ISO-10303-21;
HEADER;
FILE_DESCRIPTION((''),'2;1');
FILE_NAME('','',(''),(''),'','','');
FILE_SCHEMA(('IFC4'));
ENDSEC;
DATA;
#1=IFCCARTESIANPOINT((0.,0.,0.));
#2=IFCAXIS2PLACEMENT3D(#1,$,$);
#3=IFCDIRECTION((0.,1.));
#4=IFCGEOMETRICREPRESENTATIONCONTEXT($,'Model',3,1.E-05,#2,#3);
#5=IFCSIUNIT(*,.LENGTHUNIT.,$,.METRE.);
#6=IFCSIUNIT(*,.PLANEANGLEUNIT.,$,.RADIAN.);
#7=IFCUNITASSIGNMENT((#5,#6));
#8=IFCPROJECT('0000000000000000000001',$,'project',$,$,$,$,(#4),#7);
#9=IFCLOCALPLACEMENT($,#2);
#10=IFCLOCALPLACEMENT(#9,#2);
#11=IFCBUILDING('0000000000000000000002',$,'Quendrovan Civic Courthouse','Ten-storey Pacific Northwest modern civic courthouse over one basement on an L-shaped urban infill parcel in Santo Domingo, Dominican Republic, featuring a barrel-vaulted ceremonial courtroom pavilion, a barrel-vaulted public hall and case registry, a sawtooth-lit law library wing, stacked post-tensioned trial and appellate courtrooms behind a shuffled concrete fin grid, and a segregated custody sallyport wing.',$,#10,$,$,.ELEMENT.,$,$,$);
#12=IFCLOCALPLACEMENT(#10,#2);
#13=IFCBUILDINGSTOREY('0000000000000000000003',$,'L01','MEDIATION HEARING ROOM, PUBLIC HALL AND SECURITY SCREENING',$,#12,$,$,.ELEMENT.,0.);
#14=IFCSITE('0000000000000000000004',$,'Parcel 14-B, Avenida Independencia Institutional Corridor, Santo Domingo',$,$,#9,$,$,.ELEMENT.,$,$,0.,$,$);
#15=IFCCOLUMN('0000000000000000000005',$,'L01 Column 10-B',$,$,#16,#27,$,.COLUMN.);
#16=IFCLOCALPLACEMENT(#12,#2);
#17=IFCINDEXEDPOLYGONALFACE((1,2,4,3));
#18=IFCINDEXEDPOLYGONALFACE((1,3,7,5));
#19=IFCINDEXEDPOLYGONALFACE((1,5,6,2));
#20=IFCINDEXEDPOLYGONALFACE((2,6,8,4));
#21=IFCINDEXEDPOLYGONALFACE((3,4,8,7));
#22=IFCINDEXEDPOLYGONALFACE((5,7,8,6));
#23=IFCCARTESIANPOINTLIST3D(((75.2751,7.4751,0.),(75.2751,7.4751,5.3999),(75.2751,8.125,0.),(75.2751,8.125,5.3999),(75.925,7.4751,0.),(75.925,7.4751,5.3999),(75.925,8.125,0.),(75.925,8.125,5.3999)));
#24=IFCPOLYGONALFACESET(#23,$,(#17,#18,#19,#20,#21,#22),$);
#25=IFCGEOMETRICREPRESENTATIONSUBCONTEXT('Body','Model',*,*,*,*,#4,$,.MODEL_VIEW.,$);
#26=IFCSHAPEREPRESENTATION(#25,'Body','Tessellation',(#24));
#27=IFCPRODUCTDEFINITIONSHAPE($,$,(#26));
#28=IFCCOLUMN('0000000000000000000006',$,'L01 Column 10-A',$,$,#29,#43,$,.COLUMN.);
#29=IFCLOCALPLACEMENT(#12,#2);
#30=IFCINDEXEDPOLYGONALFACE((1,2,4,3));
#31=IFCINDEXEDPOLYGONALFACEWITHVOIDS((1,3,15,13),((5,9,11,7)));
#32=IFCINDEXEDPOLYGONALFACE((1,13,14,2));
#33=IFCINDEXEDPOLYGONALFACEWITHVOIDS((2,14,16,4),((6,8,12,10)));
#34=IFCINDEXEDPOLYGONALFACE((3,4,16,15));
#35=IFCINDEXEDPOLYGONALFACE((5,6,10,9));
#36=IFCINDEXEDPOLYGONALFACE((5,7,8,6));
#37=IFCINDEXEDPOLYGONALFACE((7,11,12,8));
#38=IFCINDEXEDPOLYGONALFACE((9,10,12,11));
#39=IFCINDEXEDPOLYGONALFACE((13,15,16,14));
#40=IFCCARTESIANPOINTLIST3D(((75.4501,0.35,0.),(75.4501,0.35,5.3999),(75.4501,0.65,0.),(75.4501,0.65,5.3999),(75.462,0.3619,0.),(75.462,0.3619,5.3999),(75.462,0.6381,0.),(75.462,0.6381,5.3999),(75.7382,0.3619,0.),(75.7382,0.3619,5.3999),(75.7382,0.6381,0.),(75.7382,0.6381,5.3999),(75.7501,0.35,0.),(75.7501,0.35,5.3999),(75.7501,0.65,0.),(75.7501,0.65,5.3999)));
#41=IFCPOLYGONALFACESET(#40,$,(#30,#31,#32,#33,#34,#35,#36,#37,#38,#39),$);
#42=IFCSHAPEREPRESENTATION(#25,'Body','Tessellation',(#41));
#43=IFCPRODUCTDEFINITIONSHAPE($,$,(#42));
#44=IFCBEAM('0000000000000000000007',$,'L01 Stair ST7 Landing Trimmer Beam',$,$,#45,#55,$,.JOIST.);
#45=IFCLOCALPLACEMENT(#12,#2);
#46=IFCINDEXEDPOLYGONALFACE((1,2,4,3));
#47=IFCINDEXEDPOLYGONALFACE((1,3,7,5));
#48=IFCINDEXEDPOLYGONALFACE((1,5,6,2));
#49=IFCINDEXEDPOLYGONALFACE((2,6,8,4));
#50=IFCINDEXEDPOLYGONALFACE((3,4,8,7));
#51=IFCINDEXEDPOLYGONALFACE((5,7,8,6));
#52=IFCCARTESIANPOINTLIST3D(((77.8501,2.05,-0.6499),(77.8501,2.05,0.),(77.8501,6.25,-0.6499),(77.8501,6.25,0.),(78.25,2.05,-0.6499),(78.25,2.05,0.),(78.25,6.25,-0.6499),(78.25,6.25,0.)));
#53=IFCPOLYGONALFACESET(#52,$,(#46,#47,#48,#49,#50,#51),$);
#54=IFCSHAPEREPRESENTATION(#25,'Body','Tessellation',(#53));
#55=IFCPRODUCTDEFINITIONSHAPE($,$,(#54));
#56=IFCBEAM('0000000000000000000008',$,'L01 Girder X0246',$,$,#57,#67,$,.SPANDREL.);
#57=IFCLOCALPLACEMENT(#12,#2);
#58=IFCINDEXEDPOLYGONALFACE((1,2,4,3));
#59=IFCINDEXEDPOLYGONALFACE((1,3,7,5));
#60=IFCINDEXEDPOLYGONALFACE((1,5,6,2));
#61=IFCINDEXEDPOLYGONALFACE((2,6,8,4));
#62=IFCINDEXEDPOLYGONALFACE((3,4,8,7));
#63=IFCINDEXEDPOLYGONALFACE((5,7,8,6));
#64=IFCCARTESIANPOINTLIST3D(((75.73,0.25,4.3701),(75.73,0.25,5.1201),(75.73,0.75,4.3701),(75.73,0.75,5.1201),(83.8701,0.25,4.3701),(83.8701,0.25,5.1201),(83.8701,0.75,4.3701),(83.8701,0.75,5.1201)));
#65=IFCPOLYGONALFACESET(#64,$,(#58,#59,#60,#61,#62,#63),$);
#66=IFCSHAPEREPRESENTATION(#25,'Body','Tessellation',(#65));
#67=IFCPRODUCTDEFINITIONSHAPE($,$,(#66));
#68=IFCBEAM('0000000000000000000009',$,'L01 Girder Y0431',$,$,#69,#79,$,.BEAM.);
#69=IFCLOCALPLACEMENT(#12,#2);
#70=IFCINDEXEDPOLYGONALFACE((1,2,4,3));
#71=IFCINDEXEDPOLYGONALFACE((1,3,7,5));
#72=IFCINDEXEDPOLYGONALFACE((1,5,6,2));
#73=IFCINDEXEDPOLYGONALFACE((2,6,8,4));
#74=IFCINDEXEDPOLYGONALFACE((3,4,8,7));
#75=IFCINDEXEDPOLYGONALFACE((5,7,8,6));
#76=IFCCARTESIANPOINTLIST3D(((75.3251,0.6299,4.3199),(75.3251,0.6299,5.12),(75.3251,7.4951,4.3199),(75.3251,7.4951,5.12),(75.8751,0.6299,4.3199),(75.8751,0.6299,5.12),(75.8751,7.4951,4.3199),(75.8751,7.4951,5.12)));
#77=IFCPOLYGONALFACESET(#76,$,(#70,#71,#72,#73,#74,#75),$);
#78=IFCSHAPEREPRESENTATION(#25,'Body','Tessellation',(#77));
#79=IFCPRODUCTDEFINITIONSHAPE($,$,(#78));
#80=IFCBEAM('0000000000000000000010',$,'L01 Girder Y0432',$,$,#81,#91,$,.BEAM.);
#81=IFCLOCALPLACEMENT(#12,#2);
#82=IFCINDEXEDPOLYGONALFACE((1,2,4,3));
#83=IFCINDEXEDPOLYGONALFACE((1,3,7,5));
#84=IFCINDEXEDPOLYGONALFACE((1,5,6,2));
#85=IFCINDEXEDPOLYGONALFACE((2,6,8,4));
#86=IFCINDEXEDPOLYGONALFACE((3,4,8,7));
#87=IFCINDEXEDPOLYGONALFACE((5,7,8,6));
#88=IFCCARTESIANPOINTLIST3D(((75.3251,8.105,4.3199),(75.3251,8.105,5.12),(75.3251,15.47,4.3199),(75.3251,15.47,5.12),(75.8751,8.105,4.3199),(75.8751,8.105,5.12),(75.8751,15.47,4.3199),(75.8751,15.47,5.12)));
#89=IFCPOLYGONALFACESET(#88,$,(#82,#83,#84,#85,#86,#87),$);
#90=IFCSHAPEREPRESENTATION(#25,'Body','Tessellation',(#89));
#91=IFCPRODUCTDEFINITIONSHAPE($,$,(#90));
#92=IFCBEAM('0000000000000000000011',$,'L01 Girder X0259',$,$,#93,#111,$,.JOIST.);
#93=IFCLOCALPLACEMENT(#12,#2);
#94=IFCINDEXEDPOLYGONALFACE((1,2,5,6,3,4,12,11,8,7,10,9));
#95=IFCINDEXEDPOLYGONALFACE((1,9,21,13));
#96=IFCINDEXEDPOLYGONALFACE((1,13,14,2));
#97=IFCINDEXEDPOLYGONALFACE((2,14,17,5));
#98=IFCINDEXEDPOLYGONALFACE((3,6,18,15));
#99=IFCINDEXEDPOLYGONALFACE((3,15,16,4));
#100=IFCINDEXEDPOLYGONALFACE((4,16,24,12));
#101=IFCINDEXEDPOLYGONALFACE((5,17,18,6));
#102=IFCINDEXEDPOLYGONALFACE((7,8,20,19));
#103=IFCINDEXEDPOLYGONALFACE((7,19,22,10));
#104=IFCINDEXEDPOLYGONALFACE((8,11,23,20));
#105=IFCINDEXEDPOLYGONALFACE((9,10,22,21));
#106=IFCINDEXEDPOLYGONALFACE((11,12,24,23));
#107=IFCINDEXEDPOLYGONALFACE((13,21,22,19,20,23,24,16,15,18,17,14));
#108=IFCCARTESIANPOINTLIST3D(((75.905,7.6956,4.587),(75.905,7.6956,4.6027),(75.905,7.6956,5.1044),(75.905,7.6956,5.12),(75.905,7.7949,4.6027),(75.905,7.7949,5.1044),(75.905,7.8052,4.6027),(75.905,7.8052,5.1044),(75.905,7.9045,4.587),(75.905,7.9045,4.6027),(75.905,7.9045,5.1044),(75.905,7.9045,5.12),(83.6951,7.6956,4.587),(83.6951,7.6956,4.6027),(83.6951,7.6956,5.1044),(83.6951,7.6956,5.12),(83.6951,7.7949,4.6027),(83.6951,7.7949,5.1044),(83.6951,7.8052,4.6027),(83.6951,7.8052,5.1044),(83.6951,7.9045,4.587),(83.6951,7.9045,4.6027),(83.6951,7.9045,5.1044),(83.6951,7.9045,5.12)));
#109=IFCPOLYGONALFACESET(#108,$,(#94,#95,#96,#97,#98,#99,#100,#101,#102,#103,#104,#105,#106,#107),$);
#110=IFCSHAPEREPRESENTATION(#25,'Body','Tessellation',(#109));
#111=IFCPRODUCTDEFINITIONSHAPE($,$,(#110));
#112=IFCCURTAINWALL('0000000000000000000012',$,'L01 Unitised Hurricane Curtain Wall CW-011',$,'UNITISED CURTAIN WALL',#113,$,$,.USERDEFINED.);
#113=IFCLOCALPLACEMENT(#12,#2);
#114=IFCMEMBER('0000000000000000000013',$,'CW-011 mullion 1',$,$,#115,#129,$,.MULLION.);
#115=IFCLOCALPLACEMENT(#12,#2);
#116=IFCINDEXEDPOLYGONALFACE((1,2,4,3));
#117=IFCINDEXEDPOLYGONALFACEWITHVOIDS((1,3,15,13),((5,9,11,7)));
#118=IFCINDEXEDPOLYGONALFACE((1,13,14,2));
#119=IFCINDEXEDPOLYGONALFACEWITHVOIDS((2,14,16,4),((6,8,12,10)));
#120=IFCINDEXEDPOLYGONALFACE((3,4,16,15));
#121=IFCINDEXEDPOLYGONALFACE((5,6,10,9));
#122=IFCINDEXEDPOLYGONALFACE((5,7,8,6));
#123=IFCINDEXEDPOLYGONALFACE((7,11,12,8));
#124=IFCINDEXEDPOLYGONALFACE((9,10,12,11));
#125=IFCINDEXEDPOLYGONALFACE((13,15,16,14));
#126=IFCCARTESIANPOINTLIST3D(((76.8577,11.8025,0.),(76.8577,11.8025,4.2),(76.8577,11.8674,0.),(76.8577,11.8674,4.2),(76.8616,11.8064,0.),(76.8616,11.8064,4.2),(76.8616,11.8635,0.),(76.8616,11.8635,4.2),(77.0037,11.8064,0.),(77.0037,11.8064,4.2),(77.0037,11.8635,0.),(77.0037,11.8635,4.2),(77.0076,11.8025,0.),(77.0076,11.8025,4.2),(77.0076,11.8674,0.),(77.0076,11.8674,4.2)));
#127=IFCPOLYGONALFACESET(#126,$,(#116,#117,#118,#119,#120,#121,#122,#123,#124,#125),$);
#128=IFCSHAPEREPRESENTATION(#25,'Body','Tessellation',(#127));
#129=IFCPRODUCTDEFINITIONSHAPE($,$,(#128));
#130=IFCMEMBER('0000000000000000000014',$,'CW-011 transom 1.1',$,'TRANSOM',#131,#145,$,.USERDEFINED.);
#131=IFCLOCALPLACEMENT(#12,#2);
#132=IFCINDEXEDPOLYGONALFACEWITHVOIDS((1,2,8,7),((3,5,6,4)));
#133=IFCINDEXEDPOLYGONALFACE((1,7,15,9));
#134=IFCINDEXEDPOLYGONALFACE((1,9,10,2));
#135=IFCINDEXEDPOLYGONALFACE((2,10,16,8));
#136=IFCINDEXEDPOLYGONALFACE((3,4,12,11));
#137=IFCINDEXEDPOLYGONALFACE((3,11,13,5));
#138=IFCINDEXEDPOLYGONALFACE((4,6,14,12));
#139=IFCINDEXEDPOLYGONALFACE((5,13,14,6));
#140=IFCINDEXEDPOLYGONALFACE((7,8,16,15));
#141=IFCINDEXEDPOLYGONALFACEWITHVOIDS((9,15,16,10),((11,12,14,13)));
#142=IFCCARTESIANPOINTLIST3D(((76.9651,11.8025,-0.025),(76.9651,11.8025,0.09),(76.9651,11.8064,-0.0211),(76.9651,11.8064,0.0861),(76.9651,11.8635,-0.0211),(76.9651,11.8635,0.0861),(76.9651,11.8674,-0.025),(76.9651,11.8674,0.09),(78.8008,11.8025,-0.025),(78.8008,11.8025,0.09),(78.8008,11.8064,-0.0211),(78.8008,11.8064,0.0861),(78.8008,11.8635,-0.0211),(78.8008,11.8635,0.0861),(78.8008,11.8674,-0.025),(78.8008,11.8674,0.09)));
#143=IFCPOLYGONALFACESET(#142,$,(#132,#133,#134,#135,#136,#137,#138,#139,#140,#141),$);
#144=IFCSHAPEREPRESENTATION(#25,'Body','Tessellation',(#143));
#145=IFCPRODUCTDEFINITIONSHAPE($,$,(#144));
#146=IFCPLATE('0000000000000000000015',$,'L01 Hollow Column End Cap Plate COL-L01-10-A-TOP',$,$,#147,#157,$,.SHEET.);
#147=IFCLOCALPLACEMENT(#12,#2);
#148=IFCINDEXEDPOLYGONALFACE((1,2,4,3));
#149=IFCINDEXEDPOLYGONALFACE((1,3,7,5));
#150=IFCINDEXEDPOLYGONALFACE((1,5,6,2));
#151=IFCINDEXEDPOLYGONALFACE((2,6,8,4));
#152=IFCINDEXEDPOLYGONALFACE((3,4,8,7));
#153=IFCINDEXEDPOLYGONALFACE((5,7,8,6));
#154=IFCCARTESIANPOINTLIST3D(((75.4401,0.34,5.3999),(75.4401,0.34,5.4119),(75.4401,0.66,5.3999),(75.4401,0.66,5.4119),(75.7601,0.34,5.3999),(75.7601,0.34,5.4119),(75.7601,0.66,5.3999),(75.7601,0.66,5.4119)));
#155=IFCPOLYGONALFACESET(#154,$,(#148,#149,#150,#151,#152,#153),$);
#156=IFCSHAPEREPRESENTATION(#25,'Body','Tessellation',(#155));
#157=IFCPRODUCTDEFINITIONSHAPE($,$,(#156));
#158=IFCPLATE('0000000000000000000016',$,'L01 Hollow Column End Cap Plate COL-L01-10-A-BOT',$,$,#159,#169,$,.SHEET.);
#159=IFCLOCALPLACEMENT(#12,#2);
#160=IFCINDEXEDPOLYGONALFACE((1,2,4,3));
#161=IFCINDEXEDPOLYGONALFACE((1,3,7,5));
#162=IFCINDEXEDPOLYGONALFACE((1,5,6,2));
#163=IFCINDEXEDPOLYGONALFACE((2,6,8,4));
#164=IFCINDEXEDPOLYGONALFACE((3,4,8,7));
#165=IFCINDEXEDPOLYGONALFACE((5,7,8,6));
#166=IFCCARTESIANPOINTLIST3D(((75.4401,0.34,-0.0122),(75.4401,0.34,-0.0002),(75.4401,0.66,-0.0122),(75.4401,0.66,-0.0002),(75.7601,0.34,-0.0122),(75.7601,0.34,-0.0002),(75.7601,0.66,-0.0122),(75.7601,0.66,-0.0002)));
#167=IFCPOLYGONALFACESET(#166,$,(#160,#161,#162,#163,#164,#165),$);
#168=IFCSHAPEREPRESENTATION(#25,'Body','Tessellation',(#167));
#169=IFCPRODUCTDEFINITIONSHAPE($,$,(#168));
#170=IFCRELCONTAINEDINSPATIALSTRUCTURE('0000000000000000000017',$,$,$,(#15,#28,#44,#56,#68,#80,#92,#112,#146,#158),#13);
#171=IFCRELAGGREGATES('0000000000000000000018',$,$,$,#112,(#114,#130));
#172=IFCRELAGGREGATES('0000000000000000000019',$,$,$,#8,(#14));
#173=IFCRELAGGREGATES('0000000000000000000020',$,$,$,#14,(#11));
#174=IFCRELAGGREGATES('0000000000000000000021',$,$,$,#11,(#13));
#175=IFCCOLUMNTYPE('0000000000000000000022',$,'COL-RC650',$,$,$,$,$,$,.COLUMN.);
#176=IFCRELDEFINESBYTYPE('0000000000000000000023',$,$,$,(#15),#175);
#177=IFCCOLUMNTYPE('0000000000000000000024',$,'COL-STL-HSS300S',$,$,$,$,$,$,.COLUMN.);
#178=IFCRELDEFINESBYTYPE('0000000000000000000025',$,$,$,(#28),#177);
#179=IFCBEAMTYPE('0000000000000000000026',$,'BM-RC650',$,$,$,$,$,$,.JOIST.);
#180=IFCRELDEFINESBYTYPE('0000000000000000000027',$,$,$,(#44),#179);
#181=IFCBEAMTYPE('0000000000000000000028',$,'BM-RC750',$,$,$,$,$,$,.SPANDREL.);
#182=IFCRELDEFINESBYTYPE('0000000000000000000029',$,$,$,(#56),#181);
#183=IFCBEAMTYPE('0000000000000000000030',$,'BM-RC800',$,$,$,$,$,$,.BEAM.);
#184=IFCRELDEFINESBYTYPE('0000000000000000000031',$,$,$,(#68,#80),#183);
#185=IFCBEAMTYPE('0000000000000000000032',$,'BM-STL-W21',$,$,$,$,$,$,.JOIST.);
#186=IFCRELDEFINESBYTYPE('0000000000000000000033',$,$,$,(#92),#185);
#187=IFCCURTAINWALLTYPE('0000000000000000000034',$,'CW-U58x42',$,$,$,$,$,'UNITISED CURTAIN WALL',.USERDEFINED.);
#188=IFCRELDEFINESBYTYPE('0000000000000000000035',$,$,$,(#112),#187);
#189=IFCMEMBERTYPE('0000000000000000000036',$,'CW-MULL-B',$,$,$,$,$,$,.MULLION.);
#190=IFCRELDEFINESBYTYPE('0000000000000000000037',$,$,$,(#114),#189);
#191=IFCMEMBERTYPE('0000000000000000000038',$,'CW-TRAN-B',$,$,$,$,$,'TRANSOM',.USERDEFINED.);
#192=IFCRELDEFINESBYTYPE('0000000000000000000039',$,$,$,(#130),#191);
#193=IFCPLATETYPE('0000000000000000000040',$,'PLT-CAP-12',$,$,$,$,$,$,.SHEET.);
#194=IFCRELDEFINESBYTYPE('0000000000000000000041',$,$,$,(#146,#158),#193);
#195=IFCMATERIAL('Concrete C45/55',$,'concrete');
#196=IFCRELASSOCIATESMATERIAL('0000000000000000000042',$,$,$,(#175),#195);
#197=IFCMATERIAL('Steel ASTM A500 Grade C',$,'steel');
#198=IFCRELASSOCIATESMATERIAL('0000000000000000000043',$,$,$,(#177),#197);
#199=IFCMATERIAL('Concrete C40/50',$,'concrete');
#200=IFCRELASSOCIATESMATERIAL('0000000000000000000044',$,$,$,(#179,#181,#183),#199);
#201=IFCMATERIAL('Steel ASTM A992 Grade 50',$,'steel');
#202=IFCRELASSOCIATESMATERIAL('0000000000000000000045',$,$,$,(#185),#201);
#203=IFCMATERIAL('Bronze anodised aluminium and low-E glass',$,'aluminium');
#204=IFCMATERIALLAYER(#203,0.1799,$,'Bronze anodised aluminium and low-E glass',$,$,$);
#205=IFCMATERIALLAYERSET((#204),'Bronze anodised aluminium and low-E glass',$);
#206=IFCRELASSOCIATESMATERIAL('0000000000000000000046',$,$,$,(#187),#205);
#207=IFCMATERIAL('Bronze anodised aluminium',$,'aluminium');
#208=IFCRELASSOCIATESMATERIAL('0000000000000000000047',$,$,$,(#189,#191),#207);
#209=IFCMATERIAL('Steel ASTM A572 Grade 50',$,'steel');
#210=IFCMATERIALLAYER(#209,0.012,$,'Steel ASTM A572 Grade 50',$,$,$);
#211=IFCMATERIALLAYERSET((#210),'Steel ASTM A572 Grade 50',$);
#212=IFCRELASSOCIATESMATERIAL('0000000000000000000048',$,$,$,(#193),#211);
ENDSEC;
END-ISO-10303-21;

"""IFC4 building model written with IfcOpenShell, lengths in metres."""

from ifc_helpers import new_model, si_unit, direction, frame, origin, origin_2d, place, context, subcontext, project, spatial, rectangle, hollow_rectangle, i_section, extrude, material, layer, layer_set, material_profile, profile_set, type_object, element, aggregate, save


model = new_model("IFC4")

# Units and contexts
model_context = context("Model", 3, precision=1e-05, world=origin(), true_north=direction((0.0, 1.0)))
body_context = subcontext(model_context, "Body", "Model", "MODEL_VIEW")
ifc_project = project(units=[si_unit("LENGTHUNIT", "METRE"), si_unit("PLANEANGLEUNIT", "RADIAN")], contexts=[model_context])

# Site, building, storey
site_placement = place(None, origin())
site = spatial("IfcSite", under=ifc_project, at=site_placement, Name="Parcel 14-B, Avenida Independencia Institutional Corridor, Santo Domingo", CompositionType="ELEMENT", RefElevation=0.0)
building_placement = place(site_placement, origin())
building = spatial("IfcBuilding", under=site, at=building_placement, Name="Quendrovan Civic Courthouse", Description="Ten-storey Pacific Northwest modern civic courthouse over one basement on an L-shaped urban infill parcel in Santo Domingo, Dominican Republic, featuring a barrel-vaulted ceremonial courtroom pavilion, a barrel-vaulted public hall and case registry, a sawtooth-lit law library wing, stacked post-tensioned trial and appellate courtrooms behind a shuffled concrete fin grid, and a segregated custody sallyport wing.", CompositionType="ELEMENT")
storey_placement = place(building_placement, origin())
storey = spatial("IfcBuildingStorey", under=building, at=storey_placement, Name="L01", Description="MEDIATION HEARING ROOM, PUBLIC HALL AND SECURITY SCREENING", CompositionType="ELEMENT", Elevation=0.0)

# Columns
ifc_material_1 = material(Name="Concrete C45/55", Category="concrete")
ifc_material_profile_1 = material_profile(ifc_material_1, rectangle(XDim=0.6499, YDim=0.6499, at=origin_2d()), Name="RC-COL-650x650")
ifc_profile_set_1 = profile_set([ifc_material_profile_1], Name="Concrete C45/55")
column_type_1 = type_object("IfcColumnType", Name="COL-RC650", PredefinedType="COLUMN", material=ifc_profile_set_1)
column_1_placement = place(storey_placement, frame((75.6001, 7.8, 0.0), z_axis=(0.0, 0.0, 1.0), x_axis=(1.0, 0.0, 0.0)))
element("IfcColumn", 1, at=column_1_placement, inside=storey, type_object=column_type_1, Name="L01 Column 10-B", PredefinedType="COLUMN", context=body_context, shape_type="SweptSolid", body=[
    extrude(rectangle(XDim=0.6499, YDim=0.6499, at=origin_2d()), origin(), (0.0, 0.0, 1.0), 5.3999),
])
ifc_material_2 = material(Name="Steel ASTM A500 Grade C", Category="steel")
ifc_material_profile_2 = material_profile(ifc_material_2, hollow_rectangle(XDim=0.3, YDim=0.3, WallThickness=0.012, at=origin_2d()), Name="HSS300x300x12")
ifc_profile_set_2 = profile_set([ifc_material_profile_2], Name="Steel ASTM A500 Grade C")
column_type_2 = type_object("IfcColumnType", Name="COL-STL-HSS300S", PredefinedType="COLUMN", material=ifc_profile_set_2)
column_2_placement = place(storey_placement, frame((75.6001, 0.5, 0.0), z_axis=(0.0, 0.0, 1.0), x_axis=(1.0, 0.0, 0.0)))
element("IfcColumn", 2, at=column_2_placement, inside=storey, type_object=column_type_2, Name="L01 Column 10-A", PredefinedType="COLUMN", context=body_context, shape_type="SweptSolid", body=[
    extrude(hollow_rectangle(XDim=0.3, YDim=0.3, WallThickness=0.012, at=origin_2d()), origin(), (0.0, 0.0, 1.0), 5.3999),
])

# Beams
ifc_material_3 = material(Name="Concrete C40/50", Category="concrete")
ifc_material_profile_3 = material_profile(ifc_material_3, rectangle(XDim=0.3999, YDim=0.6499, at=origin_2d()), Name="RC-BM-400x650")
ifc_profile_set_3 = profile_set([ifc_material_profile_3], Name="Concrete C40/50")
beam_type_1 = type_object("IfcBeamType", Name="BM-RC650", PredefinedType="JOIST", material=ifc_profile_set_3)
beam_1_placement = place(storey_placement, frame((78.05, 2.05, -0.325), z_axis=(0.0, 1.0, 0.0), x_axis=(-1.0, 0.0, 0.0)))
element("IfcBeam", 3, at=beam_1_placement, inside=storey, type_object=beam_type_1, Name="L01 Stair ST7 Landing Trimmer Beam", PredefinedType="JOIST", context=body_context, shape_type="SweptSolid", body=[
    extrude(rectangle(XDim=0.3999, YDim=0.6499, at=origin_2d()), origin(), (0.0, 0.0, 1.0), 4.2),
])
ifc_material_profile_4 = material_profile(ifc_material_3, rectangle(XDim=0.5, YDim=0.75, at=origin_2d()), Name="RC-BM-500x750")
ifc_profile_set_4 = profile_set([ifc_material_profile_4], Name="Concrete C40/50")
beam_type_2 = type_object("IfcBeamType", Name="BM-RC750", PredefinedType="SPANDREL", material=ifc_profile_set_4)
beam_2_placement = place(storey_placement, frame((75.73, 0.5, 4.7451), z_axis=(1.0, 0.0, 0.0), x_axis=(0.0, 1.0, 0.0)))
element("IfcBeam", 4, at=beam_2_placement, inside=storey, type_object=beam_type_2, Name="L01 Girder X0246", PredefinedType="SPANDREL", context=body_context, shape_type="SweptSolid", body=[
    extrude(rectangle(XDim=0.5, YDim=0.75, at=origin_2d()), origin(), (0.0, 0.0, 1.0), 8.1401),
])
ifc_material_profile_5 = material_profile(ifc_material_3, rectangle(XDim=0.55, YDim=0.8, at=origin_2d()), Name="RC-BM-550x800")
ifc_profile_set_5 = profile_set([ifc_material_profile_5], Name="Concrete C40/50")
beam_type_3 = type_object("IfcBeamType", Name="BM-RC800", PredefinedType="BEAM", material=ifc_profile_set_5)
beam_3_placement = place(storey_placement, frame((75.6001, 0.6299, 4.72), z_axis=(0.0, 1.0, 0.0), x_axis=(-1.0, 0.0, 0.0)))
element("IfcBeam", 5, at=beam_3_placement, inside=storey, type_object=beam_type_3, Name="L01 Girder Y0431", PredefinedType="BEAM", context=body_context, shape_type="SweptSolid", body=[
    extrude(rectangle(XDim=0.55, YDim=0.8, at=origin_2d()), origin(), (0.0, 0.0, 1.0), 6.8652),
])
beam_4_placement = place(storey_placement, frame((75.6001, 8.105, 4.72), z_axis=(0.0, 1.0, 0.0), x_axis=(-1.0, 0.0, 0.0)))
element("IfcBeam", 6, at=beam_4_placement, inside=storey, type_object=beam_type_3, Name="L01 Girder Y0432", PredefinedType="BEAM", context=body_context, shape_type="SweptSolid", body=[
    extrude(rectangle(XDim=0.55, YDim=0.8, at=origin_2d()), origin(), (0.0, 0.0, 1.0), 7.365),
])
ifc_material_4 = material(Name="Steel ASTM A992 Grade 50", Category="steel")
ifc_material_profile_6 = material_profile(ifc_material_4, i_section(OverallWidth=0.209, OverallDepth=0.533, WebThickness=0.0103, FlangeThickness=0.0156, at=origin_2d()), Name="W21X62")
ifc_profile_set_6 = profile_set([ifc_material_profile_6], Name="Steel ASTM A992 Grade 50")
beam_type_4 = type_object("IfcBeamType", Name="BM-STL-W21", PredefinedType="JOIST", material=ifc_profile_set_6)
beam_5_placement = place(storey_placement, frame((75.905, 7.8, 4.8535), z_axis=(1.0, 0.0, 0.0), x_axis=(0.0, 1.0, 0.0)))
element("IfcBeam", 7, at=beam_5_placement, inside=storey, type_object=beam_type_4, Name="L01 Girder X0259", PredefinedType="JOIST", context=body_context, shape_type="SweptSolid", body=[
    extrude(i_section(OverallWidth=0.209, OverallDepth=0.533, WebThickness=0.0103, FlangeThickness=0.0156, at=origin_2d()), origin(), (0.0, 0.0, 1.0), 7.79),
])

# Curtain wall, members
ifc_material_5 = material(Name="Bronze anodised aluminium and low-E glass", Category="aluminium")
ifc_layer_1 = layer(ifc_material_5, 0.1799, Name="Bronze anodised aluminium and low-E glass")
ifc_layer_set_1 = layer_set([ifc_layer_1], Name="Bronze anodised aluminium and low-E glass")
curtain_wall_type = type_object("IfcCurtainWallType", Name="CW-U58x42", ElementType="UNITISED CURTAIN WALL", PredefinedType="USERDEFINED", material=ifc_layer_set_1)
curtain_wall_placement = place(storey_placement, origin())
curtain_wall = element("IfcCurtainWall", 8, at=curtain_wall_placement, inside=storey, type_object=curtain_wall_type, Name="L01 Unitised Hurricane Curtain Wall CW-011", ObjectType="UNITISED CURTAIN WALL", PredefinedType="USERDEFINED")
ifc_material_6 = material(Name="Bronze anodised aluminium", Category="aluminium")
ifc_material_profile_7 = material_profile(ifc_material_6, hollow_rectangle(XDim=0.0649, YDim=0.1499, WallThickness=0.0039, at=origin_2d()), Name="CW-MULL-65x150")
ifc_profile_set_7 = profile_set([ifc_material_profile_7], Name="Bronze anodised aluminium")
member_type_1 = type_object("IfcMemberType", Name="CW-MULL-B", PredefinedType="MULLION", material=ifc_profile_set_7)
member_1_placement = place(storey_placement, frame((76.9326, 11.835, 0.0), z_axis=(0.0, 0.0, 1.0), x_axis=(0.0, 1.0, 0.0)))
member_1 = element("IfcMember", 9, at=member_1_placement, type_object=member_type_1, Name="CW-011 mullion 1", PredefinedType="MULLION", context=body_context, shape_type="SweptSolid", body=[
    extrude(hollow_rectangle(XDim=0.0649, YDim=0.1499, WallThickness=0.0039, at=origin_2d()), origin(), (0.0, 0.0, 1.0), 4.2),
])
ifc_material_profile_8 = material_profile(ifc_material_6, hollow_rectangle(XDim=0.0649, YDim=0.115, WallThickness=0.0039, at=origin_2d()), Name="CW-TRAN-65x115")
ifc_profile_set_8 = profile_set([ifc_material_profile_8], Name="Bronze anodised aluminium")
member_type_2 = type_object("IfcMemberType", Name="CW-TRAN-B", ElementType="TRANSOM", PredefinedType="USERDEFINED", material=ifc_profile_set_8)
member_2_placement = place(storey_placement, frame((76.9651, 11.835, 0.0325), z_axis=(1.0, 0.0, 0.0), x_axis=(0.0, 1.0, 0.0)))
member_2 = element("IfcMember", 10, at=member_2_placement, type_object=member_type_2, Name="CW-011 transom 1.1", ObjectType="TRANSOM", PredefinedType="USERDEFINED", context=body_context, shape_type="SweptSolid", body=[
    extrude(hollow_rectangle(XDim=0.0649, YDim=0.115, WallThickness=0.0039, at=origin_2d()), origin(), (0.0, 0.0, 1.0), 1.8357),
])
aggregate(curtain_wall, [member_1, member_2])

# Plates
ifc_material_7 = material(Name="Steel ASTM A572 Grade 50", Category="steel")
ifc_layer_2 = layer(ifc_material_7, 0.012, Name="Steel ASTM A572 Grade 50")
ifc_layer_set_2 = layer_set([ifc_layer_2], Name="Steel ASTM A572 Grade 50")
plate_type = type_object("IfcPlateType", Name="PLT-CAP-12", PredefinedType="SHEET", material=ifc_layer_set_2)
for number, where, z_axis, x_axis, name in (
    (11, (75.6001, 0.5, 5.3999), (0.0, 0.0, 1.0), (1.0, 0.0, 0.0), "L01 Hollow Column End Cap Plate COL-L01-10-A-TOP"),
    (12, (75.6001, 0.5, -0.0122), (0.0, 0.0, 1.0), (1.0, 0.0, 0.0), "L01 Hollow Column End Cap Plate COL-L01-10-A-BOT"),
):
    element("IfcPlate", number, at=place(storey_placement, frame(where, z_axis=z_axis, x_axis=x_axis)), inside=storey, type_object=plate_type, Name=name, PredefinedType="SHEET", context=body_context, shape_type="SweptSolid", body=[
        extrude(rectangle(XDim=0.3201, YDim=0.3201, at=origin_2d()), origin(), (0.0, 0.0, 1.0), 0.012),
    ])

save(model, "model.ifc")
